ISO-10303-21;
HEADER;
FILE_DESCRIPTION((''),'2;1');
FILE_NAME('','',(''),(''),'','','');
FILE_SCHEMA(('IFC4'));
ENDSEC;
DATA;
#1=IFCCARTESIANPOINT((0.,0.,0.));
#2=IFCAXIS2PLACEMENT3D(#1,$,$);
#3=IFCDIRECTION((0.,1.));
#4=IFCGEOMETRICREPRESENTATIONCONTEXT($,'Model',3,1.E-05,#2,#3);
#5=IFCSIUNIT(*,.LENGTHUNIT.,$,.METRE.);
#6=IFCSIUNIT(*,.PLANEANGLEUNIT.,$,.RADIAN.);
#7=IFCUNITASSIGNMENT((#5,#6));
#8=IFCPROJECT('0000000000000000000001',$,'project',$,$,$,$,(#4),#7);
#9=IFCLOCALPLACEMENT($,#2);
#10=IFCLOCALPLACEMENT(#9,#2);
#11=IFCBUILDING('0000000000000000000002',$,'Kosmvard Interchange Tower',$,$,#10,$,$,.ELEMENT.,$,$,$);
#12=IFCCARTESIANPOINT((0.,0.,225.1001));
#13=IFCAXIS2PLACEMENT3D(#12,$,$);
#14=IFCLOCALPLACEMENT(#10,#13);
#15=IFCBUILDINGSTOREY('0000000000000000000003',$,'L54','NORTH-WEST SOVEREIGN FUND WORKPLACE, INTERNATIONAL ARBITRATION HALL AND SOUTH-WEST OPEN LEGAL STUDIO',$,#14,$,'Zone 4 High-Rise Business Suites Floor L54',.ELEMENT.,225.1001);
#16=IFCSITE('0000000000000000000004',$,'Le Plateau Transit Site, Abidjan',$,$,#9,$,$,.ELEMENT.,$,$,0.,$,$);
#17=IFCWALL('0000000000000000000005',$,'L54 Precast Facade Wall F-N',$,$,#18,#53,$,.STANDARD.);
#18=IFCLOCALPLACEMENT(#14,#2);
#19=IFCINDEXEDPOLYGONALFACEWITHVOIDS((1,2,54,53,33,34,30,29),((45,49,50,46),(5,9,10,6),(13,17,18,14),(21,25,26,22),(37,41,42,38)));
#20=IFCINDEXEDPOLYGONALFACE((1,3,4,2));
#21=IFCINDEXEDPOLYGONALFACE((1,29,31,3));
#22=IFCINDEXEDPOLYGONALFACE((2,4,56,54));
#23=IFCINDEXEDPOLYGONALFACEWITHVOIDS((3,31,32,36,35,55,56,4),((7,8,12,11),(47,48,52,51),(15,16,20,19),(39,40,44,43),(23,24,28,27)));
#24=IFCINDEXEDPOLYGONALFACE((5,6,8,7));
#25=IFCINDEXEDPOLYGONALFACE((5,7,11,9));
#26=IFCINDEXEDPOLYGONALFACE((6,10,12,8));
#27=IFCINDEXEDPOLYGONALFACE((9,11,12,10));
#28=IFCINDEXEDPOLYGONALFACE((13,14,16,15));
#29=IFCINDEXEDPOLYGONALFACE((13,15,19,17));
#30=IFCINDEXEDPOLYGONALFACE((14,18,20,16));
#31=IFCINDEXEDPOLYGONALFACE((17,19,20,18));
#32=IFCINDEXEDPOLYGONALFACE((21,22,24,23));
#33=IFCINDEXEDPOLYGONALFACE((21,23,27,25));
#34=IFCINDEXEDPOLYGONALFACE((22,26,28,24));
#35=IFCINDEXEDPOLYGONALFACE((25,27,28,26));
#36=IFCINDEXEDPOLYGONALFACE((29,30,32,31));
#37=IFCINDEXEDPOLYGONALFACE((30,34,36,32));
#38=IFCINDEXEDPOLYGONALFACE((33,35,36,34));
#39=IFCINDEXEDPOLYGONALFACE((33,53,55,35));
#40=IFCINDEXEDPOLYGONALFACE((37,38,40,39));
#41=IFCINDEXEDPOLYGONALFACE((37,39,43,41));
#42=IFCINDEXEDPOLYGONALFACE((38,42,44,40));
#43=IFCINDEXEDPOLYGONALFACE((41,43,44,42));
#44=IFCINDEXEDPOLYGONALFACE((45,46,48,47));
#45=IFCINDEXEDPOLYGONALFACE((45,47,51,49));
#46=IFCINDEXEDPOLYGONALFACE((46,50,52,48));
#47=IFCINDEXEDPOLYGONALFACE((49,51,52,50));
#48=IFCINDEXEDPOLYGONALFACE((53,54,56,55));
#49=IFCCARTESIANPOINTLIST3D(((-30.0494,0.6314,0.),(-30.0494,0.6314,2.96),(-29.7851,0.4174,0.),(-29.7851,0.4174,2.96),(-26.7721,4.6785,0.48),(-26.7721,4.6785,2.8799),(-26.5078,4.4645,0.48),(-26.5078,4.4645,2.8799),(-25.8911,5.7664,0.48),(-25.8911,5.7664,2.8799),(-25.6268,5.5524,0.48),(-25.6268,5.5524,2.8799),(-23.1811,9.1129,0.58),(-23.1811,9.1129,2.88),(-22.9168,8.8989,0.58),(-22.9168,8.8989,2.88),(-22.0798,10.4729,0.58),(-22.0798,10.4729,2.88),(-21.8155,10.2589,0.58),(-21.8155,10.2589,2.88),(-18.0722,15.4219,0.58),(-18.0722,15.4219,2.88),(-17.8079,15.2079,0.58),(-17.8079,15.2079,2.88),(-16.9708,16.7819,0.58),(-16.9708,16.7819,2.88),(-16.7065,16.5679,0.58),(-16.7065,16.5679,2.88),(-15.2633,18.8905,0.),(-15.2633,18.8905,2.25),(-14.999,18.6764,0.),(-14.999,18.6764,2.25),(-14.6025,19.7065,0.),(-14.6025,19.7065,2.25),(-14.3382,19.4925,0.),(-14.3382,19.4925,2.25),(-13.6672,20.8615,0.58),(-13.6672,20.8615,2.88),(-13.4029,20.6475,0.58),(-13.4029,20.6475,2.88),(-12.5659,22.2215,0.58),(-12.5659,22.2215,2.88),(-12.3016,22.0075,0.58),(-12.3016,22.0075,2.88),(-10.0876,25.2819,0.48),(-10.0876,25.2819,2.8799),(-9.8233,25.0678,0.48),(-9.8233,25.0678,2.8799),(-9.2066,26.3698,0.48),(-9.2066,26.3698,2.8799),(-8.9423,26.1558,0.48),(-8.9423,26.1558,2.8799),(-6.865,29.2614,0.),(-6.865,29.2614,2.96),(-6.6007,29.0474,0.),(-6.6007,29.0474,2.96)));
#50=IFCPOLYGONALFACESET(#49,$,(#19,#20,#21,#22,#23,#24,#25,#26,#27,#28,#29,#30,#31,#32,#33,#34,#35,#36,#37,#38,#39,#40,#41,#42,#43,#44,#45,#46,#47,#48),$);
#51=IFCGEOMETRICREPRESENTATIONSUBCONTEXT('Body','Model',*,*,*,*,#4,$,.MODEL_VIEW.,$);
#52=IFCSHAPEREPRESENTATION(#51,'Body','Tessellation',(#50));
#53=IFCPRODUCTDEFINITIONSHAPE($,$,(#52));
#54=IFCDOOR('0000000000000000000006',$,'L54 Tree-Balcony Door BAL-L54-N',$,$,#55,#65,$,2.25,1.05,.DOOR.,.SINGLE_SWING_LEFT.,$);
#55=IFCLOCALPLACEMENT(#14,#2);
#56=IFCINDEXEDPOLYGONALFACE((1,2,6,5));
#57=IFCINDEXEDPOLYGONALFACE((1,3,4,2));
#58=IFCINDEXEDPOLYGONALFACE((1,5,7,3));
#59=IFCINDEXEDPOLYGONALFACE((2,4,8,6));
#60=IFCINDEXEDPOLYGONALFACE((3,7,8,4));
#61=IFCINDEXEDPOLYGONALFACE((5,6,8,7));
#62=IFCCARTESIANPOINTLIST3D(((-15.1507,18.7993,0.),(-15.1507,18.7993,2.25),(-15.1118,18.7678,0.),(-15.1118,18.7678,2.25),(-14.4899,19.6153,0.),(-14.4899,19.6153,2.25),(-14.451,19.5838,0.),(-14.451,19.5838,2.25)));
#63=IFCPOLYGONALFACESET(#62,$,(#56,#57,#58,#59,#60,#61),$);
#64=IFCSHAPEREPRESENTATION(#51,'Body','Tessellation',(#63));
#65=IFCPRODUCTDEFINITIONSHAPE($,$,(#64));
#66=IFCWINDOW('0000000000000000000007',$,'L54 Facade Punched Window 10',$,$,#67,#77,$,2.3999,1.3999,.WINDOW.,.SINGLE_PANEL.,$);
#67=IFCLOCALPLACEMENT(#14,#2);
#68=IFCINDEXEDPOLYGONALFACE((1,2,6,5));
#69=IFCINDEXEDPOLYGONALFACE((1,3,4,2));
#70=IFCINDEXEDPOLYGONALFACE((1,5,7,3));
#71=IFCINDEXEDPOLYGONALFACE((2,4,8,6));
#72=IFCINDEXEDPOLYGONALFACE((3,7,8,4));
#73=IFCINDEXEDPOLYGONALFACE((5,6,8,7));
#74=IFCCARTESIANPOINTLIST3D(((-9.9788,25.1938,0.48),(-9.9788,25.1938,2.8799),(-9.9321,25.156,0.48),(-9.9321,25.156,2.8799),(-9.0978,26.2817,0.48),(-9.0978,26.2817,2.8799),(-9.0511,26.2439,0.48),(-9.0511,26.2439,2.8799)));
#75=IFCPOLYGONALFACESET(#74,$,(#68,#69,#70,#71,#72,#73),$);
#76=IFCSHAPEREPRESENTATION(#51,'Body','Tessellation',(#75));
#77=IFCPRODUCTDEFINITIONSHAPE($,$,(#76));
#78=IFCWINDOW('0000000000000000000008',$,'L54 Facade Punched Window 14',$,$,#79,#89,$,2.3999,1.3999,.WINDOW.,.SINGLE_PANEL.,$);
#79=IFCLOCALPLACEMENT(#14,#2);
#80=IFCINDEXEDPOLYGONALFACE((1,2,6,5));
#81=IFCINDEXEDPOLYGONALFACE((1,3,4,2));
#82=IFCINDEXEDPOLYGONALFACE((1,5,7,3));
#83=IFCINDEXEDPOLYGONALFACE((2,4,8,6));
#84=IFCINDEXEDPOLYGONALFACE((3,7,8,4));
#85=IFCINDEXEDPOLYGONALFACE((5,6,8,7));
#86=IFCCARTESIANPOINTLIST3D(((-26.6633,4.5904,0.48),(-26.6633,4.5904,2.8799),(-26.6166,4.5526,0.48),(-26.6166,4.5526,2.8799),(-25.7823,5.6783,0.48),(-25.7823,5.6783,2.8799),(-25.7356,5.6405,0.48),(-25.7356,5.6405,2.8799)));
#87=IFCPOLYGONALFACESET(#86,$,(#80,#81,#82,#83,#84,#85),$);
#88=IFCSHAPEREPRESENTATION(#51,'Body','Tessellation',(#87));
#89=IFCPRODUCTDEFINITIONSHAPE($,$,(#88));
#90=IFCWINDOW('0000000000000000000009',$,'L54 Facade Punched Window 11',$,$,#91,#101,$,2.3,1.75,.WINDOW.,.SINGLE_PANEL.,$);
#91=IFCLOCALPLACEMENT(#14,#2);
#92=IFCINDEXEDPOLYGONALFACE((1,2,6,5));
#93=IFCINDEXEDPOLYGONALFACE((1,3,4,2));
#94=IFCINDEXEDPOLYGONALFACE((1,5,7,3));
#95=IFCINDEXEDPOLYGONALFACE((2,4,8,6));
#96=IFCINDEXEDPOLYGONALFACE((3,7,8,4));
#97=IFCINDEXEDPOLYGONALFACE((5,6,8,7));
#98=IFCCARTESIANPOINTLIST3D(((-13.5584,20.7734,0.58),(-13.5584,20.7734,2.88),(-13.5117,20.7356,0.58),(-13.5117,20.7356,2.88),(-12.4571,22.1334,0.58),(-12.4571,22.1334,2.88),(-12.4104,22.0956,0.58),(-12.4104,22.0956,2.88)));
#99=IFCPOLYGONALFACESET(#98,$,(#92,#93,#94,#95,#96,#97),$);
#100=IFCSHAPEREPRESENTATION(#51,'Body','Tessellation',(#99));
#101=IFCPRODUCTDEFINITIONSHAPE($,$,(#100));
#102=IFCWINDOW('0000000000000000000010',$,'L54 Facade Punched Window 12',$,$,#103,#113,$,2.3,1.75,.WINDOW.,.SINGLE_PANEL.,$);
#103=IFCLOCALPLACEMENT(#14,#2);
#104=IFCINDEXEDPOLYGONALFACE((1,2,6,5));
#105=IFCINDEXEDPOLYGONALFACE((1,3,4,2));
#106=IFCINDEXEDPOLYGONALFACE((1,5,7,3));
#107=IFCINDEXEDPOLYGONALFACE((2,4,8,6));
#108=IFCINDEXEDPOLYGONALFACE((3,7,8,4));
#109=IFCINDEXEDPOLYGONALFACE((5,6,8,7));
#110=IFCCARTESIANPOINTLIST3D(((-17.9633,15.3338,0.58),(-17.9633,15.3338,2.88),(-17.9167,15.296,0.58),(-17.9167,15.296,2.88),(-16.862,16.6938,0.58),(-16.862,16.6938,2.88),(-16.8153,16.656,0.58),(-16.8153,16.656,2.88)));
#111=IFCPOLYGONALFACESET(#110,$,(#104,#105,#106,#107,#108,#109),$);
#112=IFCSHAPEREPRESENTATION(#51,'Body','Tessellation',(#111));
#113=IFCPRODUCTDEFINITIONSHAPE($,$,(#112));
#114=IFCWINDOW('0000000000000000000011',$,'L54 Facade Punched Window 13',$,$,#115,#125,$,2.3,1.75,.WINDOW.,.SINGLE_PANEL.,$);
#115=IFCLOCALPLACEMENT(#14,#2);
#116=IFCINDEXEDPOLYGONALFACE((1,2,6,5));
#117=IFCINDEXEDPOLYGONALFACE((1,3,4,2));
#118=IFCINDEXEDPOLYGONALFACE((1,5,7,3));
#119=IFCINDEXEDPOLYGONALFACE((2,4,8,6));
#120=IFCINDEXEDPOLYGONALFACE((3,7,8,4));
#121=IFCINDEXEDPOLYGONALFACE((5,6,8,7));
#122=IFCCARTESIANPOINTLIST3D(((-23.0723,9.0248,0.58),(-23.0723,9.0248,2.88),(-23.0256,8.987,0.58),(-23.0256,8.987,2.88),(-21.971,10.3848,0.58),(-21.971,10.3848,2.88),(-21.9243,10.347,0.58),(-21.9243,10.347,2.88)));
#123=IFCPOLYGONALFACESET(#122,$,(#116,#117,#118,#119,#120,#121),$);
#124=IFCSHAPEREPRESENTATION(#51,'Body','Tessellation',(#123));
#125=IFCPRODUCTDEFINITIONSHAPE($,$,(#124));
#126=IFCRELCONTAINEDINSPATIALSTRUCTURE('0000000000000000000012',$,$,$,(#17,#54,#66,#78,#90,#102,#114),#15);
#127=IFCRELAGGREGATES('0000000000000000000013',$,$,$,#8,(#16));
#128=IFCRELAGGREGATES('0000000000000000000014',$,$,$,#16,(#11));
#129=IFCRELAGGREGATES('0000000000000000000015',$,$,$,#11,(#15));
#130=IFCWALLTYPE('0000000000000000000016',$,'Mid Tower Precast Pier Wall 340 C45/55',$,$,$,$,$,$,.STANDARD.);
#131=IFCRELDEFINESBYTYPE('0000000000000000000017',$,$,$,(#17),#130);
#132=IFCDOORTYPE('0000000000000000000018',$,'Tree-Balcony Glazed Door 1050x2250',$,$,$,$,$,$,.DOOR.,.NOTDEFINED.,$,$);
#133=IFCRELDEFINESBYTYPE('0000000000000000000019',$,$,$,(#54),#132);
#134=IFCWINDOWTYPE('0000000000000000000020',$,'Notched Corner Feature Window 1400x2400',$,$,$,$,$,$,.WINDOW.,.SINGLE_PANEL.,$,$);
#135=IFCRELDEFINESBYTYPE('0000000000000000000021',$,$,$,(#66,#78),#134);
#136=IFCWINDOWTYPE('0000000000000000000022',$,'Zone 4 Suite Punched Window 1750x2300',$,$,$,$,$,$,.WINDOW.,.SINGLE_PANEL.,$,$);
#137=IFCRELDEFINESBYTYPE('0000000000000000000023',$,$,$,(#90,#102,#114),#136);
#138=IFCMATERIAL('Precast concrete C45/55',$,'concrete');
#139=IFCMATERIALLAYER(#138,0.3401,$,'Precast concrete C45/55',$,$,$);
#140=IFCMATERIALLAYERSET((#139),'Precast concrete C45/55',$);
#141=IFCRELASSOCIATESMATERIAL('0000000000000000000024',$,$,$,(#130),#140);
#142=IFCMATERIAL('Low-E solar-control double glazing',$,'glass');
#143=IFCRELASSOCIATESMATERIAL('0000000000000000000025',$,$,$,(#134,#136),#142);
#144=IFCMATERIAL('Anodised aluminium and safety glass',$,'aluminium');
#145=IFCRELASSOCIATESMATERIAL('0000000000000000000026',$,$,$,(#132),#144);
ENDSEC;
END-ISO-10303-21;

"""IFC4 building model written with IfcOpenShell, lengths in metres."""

from ifc_helpers import new_model, si_unit, direction, frame, frame_2d, origin, place, context, subcontext, project, spatial, rectangle, extrude, source, transform, mapped, material, layer, layer_set, type_object, element, fill, save


model = new_model("IFC4")

# Units and contexts
model_context = context("Model", 3, precision=1e-05, world=origin(), true_north=direction((0.0, 1.0)))
body_context = subcontext(model_context, "Body", "Model", "MODEL_VIEW")
ifc_project = project(units=[si_unit("LENGTHUNIT", "METRE"), si_unit("PLANEANGLEUNIT", "RADIAN")], contexts=[model_context])

# Site, building, storey
site_placement = place(None, origin())
site = spatial("IfcSite", under=ifc_project, at=site_placement, Name="Le Plateau Transit Site, Abidjan", CompositionType="ELEMENT", RefElevation=0.0)
building_placement = place(site_placement, origin())
building = spatial("IfcBuilding", under=site, at=building_placement, Name="Kosmvard Interchange Tower", CompositionType="ELEMENT")
storey_placement = place(building_placement, frame((0.0, 0.0, 225.1001)))
storey = spatial("IfcBuildingStorey", under=building, at=storey_placement, Name="L54", Description="NORTH-WEST SOVEREIGN FUND WORKPLACE, INTERNATIONAL ARBITRATION HALL AND SOUTH-WEST OPEN LEGAL STUDIO", LongName="Zone 4 High-Rise Business Suites Floor L54", CompositionType="ELEMENT", Elevation=225.1001)

# Shared definitions
ifc_material_1 = material(Name="Precast concrete C45/55", Category="concrete")
ifc_layer_1 = layer(ifc_material_1, 0.3401, Name="Precast concrete C45/55")
ifc_layer_set_1 = layer_set([ifc_layer_1], Name="Precast concrete C45/55")
wall_type = type_object("IfcWallType", Name="Mid Tower Precast Pier Wall 340 C45/55", PredefinedType="STANDARD", material=ifc_layer_set_1)
ifc_material_2 = material(Name="Low-E solar-control double glazing", Category="glass")
window_type_1 = type_object("IfcWindowType", Name="Notched Corner Feature Window 1400x2400", PartitioningType="SINGLE_PANEL", PredefinedType="WINDOW", material=ifc_material_2)
shared_shape_1 = source(origin(), body_context, "Body", "SweptSolid", [
    extrude(rectangle(XDim=1.3999, YDim=2.3999, at=frame_2d((0.7, 1.2))), frame((0.0, 0.03, 0.0), z_axis=(0.0, -1.0, 0.0), x_axis=(1.0, 0.0, 0.0)), (0.0, 0.0, 1.0), 0.0601),
])

# Wall, openings, door, windows
wall_1_placement = place(storey_placement, frame((-6.7329, 29.1543, 0.0), z_axis=(0.0, 0.0, 1.0), x_axis=(-0.629325, -0.777142, 0.0)))
wall_1 = element("IfcWall", 1, at=wall_1_placement, inside=storey, type_object=wall_type, Name="L54 Precast Facade Wall F-N", PredefinedType="STANDARD", context=body_context, shape_type="SweptSolid", body=[
    extrude(rectangle(XDim=36.8401, YDim=0.3401, at=frame_2d((18.4199, 0.0))), origin(), (0.0, 0.0, 1.0), 2.96),
])
opening_1_placement = place(wall_1_placement, frame((12.2949, 0.0, 0.0)))
opening_1 = element("IfcOpeningElement", 2, at=opening_1_placement, cuts=wall_1, PredefinedType="OPENING", context=body_context, shape_type="SweptSolid", body=[
    extrude(rectangle(XDim=1.05, YDim=2.25, at=frame_2d((0.5249, 1.125))), frame((0.0, 0.1802, 0.0), z_axis=(0.0, -1.0, 0.0), x_axis=(1.0, 0.0, 0.0)), (0.0, 0.0, 1.0), 0.3601),
])
opening_2_placement = place(wall_1_placement, frame((3.7207, 0.0, 0.48)))
opening_2 = element("IfcOpeningElement", 3, at=opening_2_placement, cuts=wall_1, PredefinedType="OPENING", context=body_context, shape_type="SweptSolid", body=[
    extrude(rectangle(XDim=1.3999, YDim=2.3999, at=frame_2d((0.7, 1.2))), frame((0.0, 0.1802, 0.0), z_axis=(0.0, -1.0, 0.0), x_axis=(1.0, 0.0, 0.0)), (0.0, 0.0, 1.0), 0.3601),
])
opening_3_placement = place(wall_1_placement, frame((9.0586, 0.0, 0.5801)))
opening_3 = element("IfcOpeningElement", 4, at=opening_3_placement, cuts=wall_1, PredefinedType="OPENING", context=body_context, shape_type="SweptSolid", body=[
    extrude(rectangle(XDim=1.75, YDim=2.3, at=frame_2d((0.875, 1.1499))), frame((0.0, 0.1802, 0.0), z_axis=(0.0, -1.0, 0.0), x_axis=(1.0, 0.0, 0.0)), (0.0, 0.0, 1.0), 0.3601),
])
opening_4_placement = place(wall_1_placement, frame((16.0581, 0.0, 0.5801)))
opening_4 = element("IfcOpeningElement", 5, at=opening_4_placement, cuts=wall_1, PredefinedType="OPENING", context=body_context, shape_type="SweptSolid", body=[
    extrude(rectangle(XDim=1.75, YDim=2.3, at=frame_2d((0.875, 1.1499))), frame((0.0, 0.1802, 0.0), z_axis=(0.0, -1.0, 0.0), x_axis=(1.0, 0.0, 0.0)), (0.0, 0.0, 1.0), 0.3601),
])
opening_5_placement = place(wall_1_placement, frame((24.1763, 0.0, 0.5801)))
opening_5 = element("IfcOpeningElement", 6, at=opening_5_placement, cuts=wall_1, PredefinedType="OPENING", context=body_context, shape_type="SweptSolid", body=[
    extrude(rectangle(XDim=1.75, YDim=2.3, at=frame_2d((0.875, 1.1499))), frame((0.0, 0.1802, 0.0), z_axis=(0.0, -1.0, 0.0), x_axis=(1.0, 0.0, 0.0)), (0.0, 0.0, 1.0), 0.3601),
])
opening_6_placement = place(wall_1_placement, frame((30.2324, 0.0, 0.48)))
opening_6 = element("IfcOpeningElement", 7, at=opening_6_placement, cuts=wall_1, PredefinedType="OPENING", context=body_context, shape_type="SweptSolid", body=[
    extrude(rectangle(XDim=1.3999, YDim=2.3999, at=frame_2d((0.7, 1.2))), frame((0.0, 0.1802, 0.0), z_axis=(0.0, -1.0, 0.0), x_axis=(1.0, 0.0, 0.0)), (0.0, 0.0, 1.0), 0.3601),
])
ifc_material_3 = material(Name="Anodised aluminium and safety glass", Category="aluminium")
door_type = type_object("IfcDoorType", Name="Tree-Balcony Glazed Door 1050x2250", OperationType="NOTDEFINED", PredefinedType="DOOR", material=ifc_material_3)
shared_shape_2 = source(origin(), body_context, "Body", "SweptSolid", [
    extrude(rectangle(XDim=1.05, YDim=2.25, at=frame_2d((0.5249, 1.125))), frame((0.0, 0.0249, 0.0), z_axis=(0.0, -1.0, 0.0), x_axis=(1.0, 0.0, 0.0)), (0.0, 0.0, 1.0), 0.05),
])
door_placement = place(opening_1_placement, origin())
door = element("IfcDoor", 8, at=door_placement, inside=storey, type_object=door_type, Name="L54 Tree-Balcony Door BAL-L54-N", OperationType="SINGLE_SWING_LEFT", OverallHeight=2.25, OverallWidth=1.05, PredefinedType="DOOR", context=body_context, shape_type="MappedRepresentation", body=[
    mapped(shared_shape_2, transform((0.0, 0.0, 0.0), scale=1.0)),
])
fill(opening_1, door)
window_1_placement = place(opening_2_placement, origin())
window_1 = element("IfcWindow", 9, at=window_1_placement, inside=storey, type_object=window_type_1, Name="L54 Facade Punched Window 10", OverallHeight=2.3999, OverallWidth=1.3999, PartitioningType="SINGLE_PANEL", PredefinedType="WINDOW", context=body_context, shape_type="MappedRepresentation", body=[
    mapped(shared_shape_1, transform((0.0, 0.0, 0.0), scale=1.0)),
])
fill(opening_2, window_1)
window_2_placement = place(opening_6_placement, origin())
window_2 = element("IfcWindow", 10, at=window_2_placement, inside=storey, type_object=window_type_1, Name="L54 Facade Punched Window 14", OverallHeight=2.3999, OverallWidth=1.3999, PartitioningType="SINGLE_PANEL", PredefinedType="WINDOW", context=body_context, shape_type="MappedRepresentation", body=[
    mapped(shared_shape_1, transform((0.0, 0.0, 0.0), scale=1.0)),
])
fill(opening_6, window_2)
window_type_2 = type_object("IfcWindowType", Name="Zone 4 Suite Punched Window 1750x2300", PartitioningType="SINGLE_PANEL", PredefinedType="WINDOW", material=ifc_material_2)
shared_shape_3 = source(origin(), body_context, "Body", "SweptSolid", [
    extrude(rectangle(XDim=1.75, YDim=2.3, at=frame_2d((0.875, 1.1499))), frame((0.0, 0.03, 0.0), z_axis=(0.0, -1.0, 0.0), x_axis=(1.0, 0.0, 0.0)), (0.0, 0.0, 1.0), 0.0601),
])
window_3_placement = place(opening_3_placement, origin())
window_3 = element("IfcWindow", 11, at=window_3_placement, inside=storey, type_object=window_type_2, Name="L54 Facade Punched Window 11", OverallHeight=2.3, OverallWidth=1.75, PartitioningType="SINGLE_PANEL", PredefinedType="WINDOW", context=body_context, shape_type="MappedRepresentation", body=[
    mapped(shared_shape_3, transform((0.0, 0.0, 0.0), scale=1.0)),
])
fill(opening_3, window_3)
window_4_placement = place(opening_4_placement, origin())
window_4 = element("IfcWindow", 12, at=window_4_placement, inside=storey, type_object=window_type_2, Name="L54 Facade Punched Window 12", OverallHeight=2.3, OverallWidth=1.75, PartitioningType="SINGLE_PANEL", PredefinedType="WINDOW", context=body_context, shape_type="MappedRepresentation", body=[
    mapped(shared_shape_3, transform((0.0, 0.0, 0.0), scale=1.0)),
])
fill(opening_4, window_4)
window_5_placement = place(opening_5_placement, origin())
window_5 = element("IfcWindow", 13, at=window_5_placement, inside=storey, type_object=window_type_2, Name="L54 Facade Punched Window 13", OverallHeight=2.3, OverallWidth=1.75, PartitioningType="SINGLE_PANEL", PredefinedType="WINDOW", context=body_context, shape_type="MappedRepresentation", body=[
    mapped(shared_shape_3, transform((0.0, 0.0, 0.0), scale=1.0)),
])
fill(opening_5, window_5)

save(model, "model.ifc")
